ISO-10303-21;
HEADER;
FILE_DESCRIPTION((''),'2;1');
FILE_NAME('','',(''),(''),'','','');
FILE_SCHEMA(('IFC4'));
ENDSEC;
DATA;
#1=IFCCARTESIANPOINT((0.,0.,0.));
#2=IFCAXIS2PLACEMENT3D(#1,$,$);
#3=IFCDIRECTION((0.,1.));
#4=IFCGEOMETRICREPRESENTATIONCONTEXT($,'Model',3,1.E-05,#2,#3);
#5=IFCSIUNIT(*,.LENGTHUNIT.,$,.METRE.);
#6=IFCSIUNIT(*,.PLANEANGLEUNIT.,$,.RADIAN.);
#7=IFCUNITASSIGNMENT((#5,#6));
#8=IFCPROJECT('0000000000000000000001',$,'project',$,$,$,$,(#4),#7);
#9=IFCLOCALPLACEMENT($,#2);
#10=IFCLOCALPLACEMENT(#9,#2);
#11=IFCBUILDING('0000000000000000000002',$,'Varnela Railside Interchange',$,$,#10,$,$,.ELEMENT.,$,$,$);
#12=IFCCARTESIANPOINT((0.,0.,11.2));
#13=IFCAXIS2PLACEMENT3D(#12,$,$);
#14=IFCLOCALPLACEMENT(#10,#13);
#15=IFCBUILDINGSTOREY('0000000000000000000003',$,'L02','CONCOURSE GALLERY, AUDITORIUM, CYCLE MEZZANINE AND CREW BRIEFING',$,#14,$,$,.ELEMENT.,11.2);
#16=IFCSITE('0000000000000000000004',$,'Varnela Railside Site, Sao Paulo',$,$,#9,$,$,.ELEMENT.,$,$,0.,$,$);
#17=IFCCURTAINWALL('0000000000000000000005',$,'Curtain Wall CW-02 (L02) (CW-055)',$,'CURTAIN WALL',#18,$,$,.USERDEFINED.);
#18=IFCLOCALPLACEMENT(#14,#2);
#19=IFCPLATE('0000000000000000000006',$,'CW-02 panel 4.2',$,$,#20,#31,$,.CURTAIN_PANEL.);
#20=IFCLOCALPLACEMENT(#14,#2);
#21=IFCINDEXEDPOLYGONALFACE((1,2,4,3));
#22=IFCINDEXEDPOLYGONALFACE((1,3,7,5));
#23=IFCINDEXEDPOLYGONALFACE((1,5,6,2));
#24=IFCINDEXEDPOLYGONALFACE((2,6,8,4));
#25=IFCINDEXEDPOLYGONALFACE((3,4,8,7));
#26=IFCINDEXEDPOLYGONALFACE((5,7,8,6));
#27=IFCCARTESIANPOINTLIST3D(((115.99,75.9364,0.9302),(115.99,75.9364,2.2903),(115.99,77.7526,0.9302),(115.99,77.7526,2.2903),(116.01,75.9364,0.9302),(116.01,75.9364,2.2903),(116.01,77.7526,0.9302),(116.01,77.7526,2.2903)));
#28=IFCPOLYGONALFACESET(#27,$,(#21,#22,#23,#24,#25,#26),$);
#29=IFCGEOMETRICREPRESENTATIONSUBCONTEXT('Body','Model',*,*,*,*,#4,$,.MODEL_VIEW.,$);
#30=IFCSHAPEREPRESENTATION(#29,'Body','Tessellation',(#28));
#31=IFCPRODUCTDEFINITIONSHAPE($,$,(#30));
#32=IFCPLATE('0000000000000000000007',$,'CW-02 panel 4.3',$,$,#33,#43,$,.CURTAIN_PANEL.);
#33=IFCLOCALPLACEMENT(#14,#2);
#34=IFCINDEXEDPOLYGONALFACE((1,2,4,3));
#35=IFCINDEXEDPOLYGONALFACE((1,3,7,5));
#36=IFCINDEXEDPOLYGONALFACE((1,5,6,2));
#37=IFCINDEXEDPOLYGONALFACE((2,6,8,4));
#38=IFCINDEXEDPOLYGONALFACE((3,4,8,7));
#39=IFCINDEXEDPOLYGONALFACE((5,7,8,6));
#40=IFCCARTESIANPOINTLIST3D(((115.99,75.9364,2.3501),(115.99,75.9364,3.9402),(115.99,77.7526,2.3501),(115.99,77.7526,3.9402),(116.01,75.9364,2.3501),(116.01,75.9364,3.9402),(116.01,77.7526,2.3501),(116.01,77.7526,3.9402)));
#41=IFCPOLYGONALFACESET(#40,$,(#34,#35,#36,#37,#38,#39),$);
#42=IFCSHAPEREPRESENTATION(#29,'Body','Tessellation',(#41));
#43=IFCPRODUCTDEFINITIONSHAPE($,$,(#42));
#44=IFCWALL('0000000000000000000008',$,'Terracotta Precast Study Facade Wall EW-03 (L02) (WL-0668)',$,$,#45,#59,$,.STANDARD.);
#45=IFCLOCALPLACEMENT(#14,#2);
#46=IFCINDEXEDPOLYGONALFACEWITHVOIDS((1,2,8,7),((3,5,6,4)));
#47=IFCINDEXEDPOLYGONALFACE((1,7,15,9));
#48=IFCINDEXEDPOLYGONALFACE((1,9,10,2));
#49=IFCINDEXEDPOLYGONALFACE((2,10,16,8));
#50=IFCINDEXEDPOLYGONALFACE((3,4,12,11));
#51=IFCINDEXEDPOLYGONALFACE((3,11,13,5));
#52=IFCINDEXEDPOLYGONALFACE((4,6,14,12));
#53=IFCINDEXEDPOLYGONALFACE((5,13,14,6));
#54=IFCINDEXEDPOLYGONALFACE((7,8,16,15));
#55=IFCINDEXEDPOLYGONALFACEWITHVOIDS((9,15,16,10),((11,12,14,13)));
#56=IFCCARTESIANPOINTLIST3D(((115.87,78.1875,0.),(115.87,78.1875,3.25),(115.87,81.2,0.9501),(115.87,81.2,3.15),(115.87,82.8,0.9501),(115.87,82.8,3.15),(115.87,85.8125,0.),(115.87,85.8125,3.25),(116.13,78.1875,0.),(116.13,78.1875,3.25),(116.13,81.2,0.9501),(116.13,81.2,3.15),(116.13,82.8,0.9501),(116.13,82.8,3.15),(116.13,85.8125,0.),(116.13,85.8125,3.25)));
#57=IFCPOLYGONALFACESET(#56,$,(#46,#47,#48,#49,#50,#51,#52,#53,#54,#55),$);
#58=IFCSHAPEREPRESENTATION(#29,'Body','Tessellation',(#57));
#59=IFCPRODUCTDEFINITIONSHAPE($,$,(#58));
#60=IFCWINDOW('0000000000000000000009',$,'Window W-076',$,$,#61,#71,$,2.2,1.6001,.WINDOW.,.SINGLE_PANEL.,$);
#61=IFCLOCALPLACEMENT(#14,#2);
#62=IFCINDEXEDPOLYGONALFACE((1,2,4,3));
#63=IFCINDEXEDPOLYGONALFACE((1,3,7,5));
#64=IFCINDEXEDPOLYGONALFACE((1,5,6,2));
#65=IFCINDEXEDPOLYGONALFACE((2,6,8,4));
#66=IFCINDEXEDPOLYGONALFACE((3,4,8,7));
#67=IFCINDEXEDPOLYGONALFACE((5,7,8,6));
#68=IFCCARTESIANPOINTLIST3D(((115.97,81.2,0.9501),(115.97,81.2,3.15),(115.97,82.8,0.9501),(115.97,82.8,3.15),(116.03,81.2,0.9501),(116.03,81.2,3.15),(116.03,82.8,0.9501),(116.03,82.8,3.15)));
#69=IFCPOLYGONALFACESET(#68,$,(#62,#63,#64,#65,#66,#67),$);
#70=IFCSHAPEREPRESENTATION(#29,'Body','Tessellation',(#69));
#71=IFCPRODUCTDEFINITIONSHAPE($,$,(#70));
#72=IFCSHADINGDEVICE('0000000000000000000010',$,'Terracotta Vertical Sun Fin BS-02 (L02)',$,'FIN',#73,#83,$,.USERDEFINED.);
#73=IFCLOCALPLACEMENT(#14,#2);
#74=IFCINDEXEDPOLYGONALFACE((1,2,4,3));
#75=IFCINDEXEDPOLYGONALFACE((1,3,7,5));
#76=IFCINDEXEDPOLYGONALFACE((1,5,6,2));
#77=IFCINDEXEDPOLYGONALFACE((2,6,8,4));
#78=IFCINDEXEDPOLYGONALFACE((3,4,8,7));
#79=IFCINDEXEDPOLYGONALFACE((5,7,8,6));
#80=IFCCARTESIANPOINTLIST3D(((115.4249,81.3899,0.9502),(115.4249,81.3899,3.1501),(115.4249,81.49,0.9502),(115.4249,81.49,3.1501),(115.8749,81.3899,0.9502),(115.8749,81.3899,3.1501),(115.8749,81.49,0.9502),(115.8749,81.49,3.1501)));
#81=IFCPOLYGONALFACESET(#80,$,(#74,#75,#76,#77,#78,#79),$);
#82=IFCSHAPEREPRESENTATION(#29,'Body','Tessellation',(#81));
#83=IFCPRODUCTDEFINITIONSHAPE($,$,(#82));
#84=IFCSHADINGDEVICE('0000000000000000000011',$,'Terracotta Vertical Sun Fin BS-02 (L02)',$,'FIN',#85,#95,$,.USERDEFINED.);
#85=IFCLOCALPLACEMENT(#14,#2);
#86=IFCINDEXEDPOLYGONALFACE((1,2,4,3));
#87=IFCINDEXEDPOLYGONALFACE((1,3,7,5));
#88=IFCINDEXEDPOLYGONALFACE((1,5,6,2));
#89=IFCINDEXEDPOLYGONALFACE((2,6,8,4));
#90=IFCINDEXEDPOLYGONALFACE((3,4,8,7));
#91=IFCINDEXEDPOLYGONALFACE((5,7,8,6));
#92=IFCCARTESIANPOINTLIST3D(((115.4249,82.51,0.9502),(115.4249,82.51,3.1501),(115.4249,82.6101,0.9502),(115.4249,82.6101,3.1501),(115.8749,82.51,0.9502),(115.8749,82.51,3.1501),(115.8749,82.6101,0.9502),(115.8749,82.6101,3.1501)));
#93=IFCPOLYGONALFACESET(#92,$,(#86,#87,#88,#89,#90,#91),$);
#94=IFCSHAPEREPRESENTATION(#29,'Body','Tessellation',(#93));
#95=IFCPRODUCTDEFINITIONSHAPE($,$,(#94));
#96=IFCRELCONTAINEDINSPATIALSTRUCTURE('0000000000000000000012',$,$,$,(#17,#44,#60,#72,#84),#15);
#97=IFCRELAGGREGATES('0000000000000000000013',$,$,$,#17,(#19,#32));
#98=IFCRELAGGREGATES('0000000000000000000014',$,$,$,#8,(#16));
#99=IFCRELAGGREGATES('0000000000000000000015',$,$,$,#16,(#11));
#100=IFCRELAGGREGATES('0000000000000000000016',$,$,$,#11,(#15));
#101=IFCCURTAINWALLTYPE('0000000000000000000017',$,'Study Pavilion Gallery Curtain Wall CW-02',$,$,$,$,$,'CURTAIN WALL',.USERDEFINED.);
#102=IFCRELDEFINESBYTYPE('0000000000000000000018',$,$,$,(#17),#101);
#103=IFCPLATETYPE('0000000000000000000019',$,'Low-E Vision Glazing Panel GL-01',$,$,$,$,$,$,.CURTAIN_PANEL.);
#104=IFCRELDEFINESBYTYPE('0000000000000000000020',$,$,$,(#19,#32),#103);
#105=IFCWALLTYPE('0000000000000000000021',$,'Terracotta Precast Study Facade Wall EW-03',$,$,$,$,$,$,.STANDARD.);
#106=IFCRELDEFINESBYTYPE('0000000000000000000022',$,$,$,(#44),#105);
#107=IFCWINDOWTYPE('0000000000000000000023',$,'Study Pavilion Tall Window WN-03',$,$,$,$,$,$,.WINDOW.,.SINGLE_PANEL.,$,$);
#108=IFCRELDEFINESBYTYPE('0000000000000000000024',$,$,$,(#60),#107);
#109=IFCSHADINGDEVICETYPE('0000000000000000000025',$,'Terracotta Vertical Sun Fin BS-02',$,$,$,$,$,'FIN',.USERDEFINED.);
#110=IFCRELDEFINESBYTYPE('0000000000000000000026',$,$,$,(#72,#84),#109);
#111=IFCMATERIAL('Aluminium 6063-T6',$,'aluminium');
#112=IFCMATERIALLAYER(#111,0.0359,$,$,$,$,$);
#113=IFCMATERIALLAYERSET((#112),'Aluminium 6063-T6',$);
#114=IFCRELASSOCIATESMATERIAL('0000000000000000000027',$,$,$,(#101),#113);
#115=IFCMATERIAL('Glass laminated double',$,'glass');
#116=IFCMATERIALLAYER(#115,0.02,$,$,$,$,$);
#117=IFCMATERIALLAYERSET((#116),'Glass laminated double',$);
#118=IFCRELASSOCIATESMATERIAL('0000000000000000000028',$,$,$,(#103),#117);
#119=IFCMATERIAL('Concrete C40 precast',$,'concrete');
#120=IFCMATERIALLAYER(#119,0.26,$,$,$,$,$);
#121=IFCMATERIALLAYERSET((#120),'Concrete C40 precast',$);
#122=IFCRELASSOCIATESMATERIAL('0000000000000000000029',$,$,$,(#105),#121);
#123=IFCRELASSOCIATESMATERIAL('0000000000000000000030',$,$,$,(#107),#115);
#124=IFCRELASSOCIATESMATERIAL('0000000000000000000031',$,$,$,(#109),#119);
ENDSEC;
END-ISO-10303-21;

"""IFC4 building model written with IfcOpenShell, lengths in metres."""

from ifc_helpers import new_model, si_unit, direction, frame, frame_2d, origin, origin_2d, place, context, subcontext, project, spatial, rectangle, extrude, material, layer, layer_set, type_object, element, fill, aggregate, save


model = new_model("IFC4")

# Units and contexts
model_context = context("Model", 3, precision=1e-05, world=origin(), true_north=direction((0.0, 1.0)))
body_context = subcontext(model_context, "Body", "Model", "MODEL_VIEW")
ifc_project = project(units=[si_unit("LENGTHUNIT", "METRE"), si_unit("PLANEANGLEUNIT", "RADIAN")], contexts=[model_context])

# Site, building, storey
site_placement = place(None, origin())
site = spatial("IfcSite", under=ifc_project, at=site_placement, Name="Varnela Railside Site, Sao Paulo", CompositionType="ELEMENT", RefElevation=0.0)
building_placement = place(site_placement, origin())
building = spatial("IfcBuilding", under=site, at=building_placement, Name="Varnela Railside Interchange", CompositionType="ELEMENT")
storey_placement = place(building_placement, frame((0.0, 0.0, 11.2)))
storey = spatial("IfcBuildingStorey", under=building, at=storey_placement, Name="L02", Description="CONCOURSE GALLERY, AUDITORIUM, CYCLE MEZZANINE AND CREW BRIEFING", CompositionType="ELEMENT", Elevation=11.2)

# Curtain wall
ifc_material_1 = material(Name="Aluminium 6063-T6", Category="aluminium")
ifc_layer_1 = layer(ifc_material_1, 0.0359)
ifc_layer_set_1 = layer_set([ifc_layer_1], Name="Aluminium 6063-T6")
curtain_wall_type = type_object("IfcCurtainWallType", Name="Study Pavilion Gallery Curtain Wall CW-02", ElementType="CURTAIN WALL", PredefinedType="USERDEFINED", material=ifc_layer_set_1)
curtain_wall_1_placement = place(storey_placement, origin())
curtain_wall_1 = element("IfcCurtainWall", 1, at=curtain_wall_1_placement, inside=storey, type_object=curtain_wall_type, Name="Curtain Wall CW-02 (L02) (CW-055)", ObjectType="CURTAIN WALL", PredefinedType="USERDEFINED")

# Shared definitions
ifc_material_2 = material(Name="Concrete C40 precast", Category="concrete")

# Plates
ifc_material_3 = material(Name="Glass laminated double", Category="glass")
ifc_layer_2 = layer(ifc_material_3, 0.02)
ifc_layer_set_2 = layer_set([ifc_layer_2], Name="Glass laminated double")
plate_type = type_object("IfcPlateType", Name="Low-E Vision Glazing Panel GL-01", PredefinedType="CURTAIN_PANEL", material=ifc_layer_set_2)
plate_1_placement = place(storey_placement, frame((116.0, 76.8445, 0.9302), z_axis=(0.0, 0.0, 1.0), x_axis=(0.0, 1.0, 0.0)))
plate_1 = element("IfcPlate", 2, at=plate_1_placement, type_object=plate_type, Name="CW-02 panel 4.2", PredefinedType="CURTAIN_PANEL", context=body_context, shape_type="SweptSolid", body=[
    extrude(rectangle(XDim=1.8162, YDim=0.02, at=origin_2d()), origin(), (0.0, 0.0, 1.0), 1.3601),
])
plate_2_placement = place(storey_placement, frame((116.0, 76.8445, 2.3501), z_axis=(0.0, 0.0, 1.0), x_axis=(0.0, 1.0, 0.0)))
plate_2 = element("IfcPlate", 3, at=plate_2_placement, type_object=plate_type, Name="CW-02 panel 4.3", PredefinedType="CURTAIN_PANEL", context=body_context, shape_type="SweptSolid", body=[
    extrude(rectangle(XDim=1.8162, YDim=0.02, at=origin_2d()), origin(), (0.0, 0.0, 1.0), 1.5901),
])
aggregate(curtain_wall_1, [plate_1, plate_2])

# Wall, opening, window
ifc_layer_3 = layer(ifc_material_2, 0.26)
ifc_layer_set_3 = layer_set([ifc_layer_3], Name="Concrete C40 precast")
wall_type = type_object("IfcWallType", Name="Terracotta Precast Study Facade Wall EW-03", PredefinedType="STANDARD", material=ifc_layer_set_3)
wall_placement = place(storey_placement, frame((116.0, 78.1875, 0.0), z_axis=(0.0, 0.0, 1.0), x_axis=(0.0, 1.0, 0.0)))
wall = element("IfcWall", 4, at=wall_placement, inside=storey, type_object=wall_type, Name="Terracotta Precast Study Facade Wall EW-03 (L02) (WL-0668)", PredefinedType="STANDARD", context=body_context, shape_type="SweptSolid", body=[
    extrude(rectangle(XDim=7.625, YDim=0.26, at=frame_2d((3.8125, 0.0))), origin(), (0.0, 0.0, 1.0), 3.25),
])
opening_placement = place(wall_placement, frame((3.0125, 0.0, 0.95)))
opening = element("IfcOpeningElement", 5, at=opening_placement, cuts=wall, PredefinedType="OPENING", context=body_context, shape_type="SweptSolid", body=[
    extrude(rectangle(XDim=1.6001, YDim=2.2, at=frame_2d((0.8, 1.1001))), frame((0.0, 0.1399, 0.0), z_axis=(0.0, -1.0, 0.0), x_axis=(1.0, 0.0, 0.0)), (0.0, 0.0, 1.0), 0.28),
])
window_type = type_object("IfcWindowType", Name="Study Pavilion Tall Window WN-03", PartitioningType="SINGLE_PANEL", PredefinedType="WINDOW", material=ifc_material_3)
window_placement = place(opening_placement, origin())
window = element("IfcWindow", 6, at=window_placement, inside=storey, type_object=window_type, Name="Window W-076", OverallHeight=2.2, OverallWidth=1.6001, PartitioningType="SINGLE_PANEL", PredefinedType="WINDOW", context=body_context, shape_type="SweptSolid", body=[
    extrude(rectangle(XDim=1.6001, YDim=2.2, at=frame_2d((0.8, 1.1001))), frame((0.0, 0.03, 0.0), z_axis=(0.0, -1.0, 0.0), x_axis=(1.0, 0.0, 0.0)), (0.0, 0.0, 1.0), 0.0601),
])
fill(opening, window)

# Shading devices
shading_device_type = type_object("IfcShadingDeviceType", Name="Terracotta Vertical Sun Fin BS-02", ElementType="FIN", PredefinedType="USERDEFINED", material=ifc_material_2)
for number, where, z_axis, x_axis, name in (
    (7, (115.6499, 81.4399, 0.9502), (0.0, 0.0, 1.0), (-1.0, 0.0, 0.0), "Terracotta Vertical Sun Fin BS-02 (L02)"),
    (8, (115.6499, 82.5601, 0.9502), (0.0, 0.0, 1.0), (-1.0, 0.0, 0.0), "Terracotta Vertical Sun Fin BS-02 (L02)"),
):
    element("IfcShadingDevice", number, at=place(storey_placement, frame(where, z_axis=z_axis, x_axis=x_axis)), inside=storey, type_object=shading_device_type, Name=name, ObjectType="FIN", PredefinedType="USERDEFINED", context=body_context, shape_type="SweptSolid", body=[
        extrude(rectangle(XDim=0.45, YDim=0.1001, at=origin_2d()), origin(), (0.0, 0.0, 1.0), 2.2),
    ])

save(model, "model.ifc")
